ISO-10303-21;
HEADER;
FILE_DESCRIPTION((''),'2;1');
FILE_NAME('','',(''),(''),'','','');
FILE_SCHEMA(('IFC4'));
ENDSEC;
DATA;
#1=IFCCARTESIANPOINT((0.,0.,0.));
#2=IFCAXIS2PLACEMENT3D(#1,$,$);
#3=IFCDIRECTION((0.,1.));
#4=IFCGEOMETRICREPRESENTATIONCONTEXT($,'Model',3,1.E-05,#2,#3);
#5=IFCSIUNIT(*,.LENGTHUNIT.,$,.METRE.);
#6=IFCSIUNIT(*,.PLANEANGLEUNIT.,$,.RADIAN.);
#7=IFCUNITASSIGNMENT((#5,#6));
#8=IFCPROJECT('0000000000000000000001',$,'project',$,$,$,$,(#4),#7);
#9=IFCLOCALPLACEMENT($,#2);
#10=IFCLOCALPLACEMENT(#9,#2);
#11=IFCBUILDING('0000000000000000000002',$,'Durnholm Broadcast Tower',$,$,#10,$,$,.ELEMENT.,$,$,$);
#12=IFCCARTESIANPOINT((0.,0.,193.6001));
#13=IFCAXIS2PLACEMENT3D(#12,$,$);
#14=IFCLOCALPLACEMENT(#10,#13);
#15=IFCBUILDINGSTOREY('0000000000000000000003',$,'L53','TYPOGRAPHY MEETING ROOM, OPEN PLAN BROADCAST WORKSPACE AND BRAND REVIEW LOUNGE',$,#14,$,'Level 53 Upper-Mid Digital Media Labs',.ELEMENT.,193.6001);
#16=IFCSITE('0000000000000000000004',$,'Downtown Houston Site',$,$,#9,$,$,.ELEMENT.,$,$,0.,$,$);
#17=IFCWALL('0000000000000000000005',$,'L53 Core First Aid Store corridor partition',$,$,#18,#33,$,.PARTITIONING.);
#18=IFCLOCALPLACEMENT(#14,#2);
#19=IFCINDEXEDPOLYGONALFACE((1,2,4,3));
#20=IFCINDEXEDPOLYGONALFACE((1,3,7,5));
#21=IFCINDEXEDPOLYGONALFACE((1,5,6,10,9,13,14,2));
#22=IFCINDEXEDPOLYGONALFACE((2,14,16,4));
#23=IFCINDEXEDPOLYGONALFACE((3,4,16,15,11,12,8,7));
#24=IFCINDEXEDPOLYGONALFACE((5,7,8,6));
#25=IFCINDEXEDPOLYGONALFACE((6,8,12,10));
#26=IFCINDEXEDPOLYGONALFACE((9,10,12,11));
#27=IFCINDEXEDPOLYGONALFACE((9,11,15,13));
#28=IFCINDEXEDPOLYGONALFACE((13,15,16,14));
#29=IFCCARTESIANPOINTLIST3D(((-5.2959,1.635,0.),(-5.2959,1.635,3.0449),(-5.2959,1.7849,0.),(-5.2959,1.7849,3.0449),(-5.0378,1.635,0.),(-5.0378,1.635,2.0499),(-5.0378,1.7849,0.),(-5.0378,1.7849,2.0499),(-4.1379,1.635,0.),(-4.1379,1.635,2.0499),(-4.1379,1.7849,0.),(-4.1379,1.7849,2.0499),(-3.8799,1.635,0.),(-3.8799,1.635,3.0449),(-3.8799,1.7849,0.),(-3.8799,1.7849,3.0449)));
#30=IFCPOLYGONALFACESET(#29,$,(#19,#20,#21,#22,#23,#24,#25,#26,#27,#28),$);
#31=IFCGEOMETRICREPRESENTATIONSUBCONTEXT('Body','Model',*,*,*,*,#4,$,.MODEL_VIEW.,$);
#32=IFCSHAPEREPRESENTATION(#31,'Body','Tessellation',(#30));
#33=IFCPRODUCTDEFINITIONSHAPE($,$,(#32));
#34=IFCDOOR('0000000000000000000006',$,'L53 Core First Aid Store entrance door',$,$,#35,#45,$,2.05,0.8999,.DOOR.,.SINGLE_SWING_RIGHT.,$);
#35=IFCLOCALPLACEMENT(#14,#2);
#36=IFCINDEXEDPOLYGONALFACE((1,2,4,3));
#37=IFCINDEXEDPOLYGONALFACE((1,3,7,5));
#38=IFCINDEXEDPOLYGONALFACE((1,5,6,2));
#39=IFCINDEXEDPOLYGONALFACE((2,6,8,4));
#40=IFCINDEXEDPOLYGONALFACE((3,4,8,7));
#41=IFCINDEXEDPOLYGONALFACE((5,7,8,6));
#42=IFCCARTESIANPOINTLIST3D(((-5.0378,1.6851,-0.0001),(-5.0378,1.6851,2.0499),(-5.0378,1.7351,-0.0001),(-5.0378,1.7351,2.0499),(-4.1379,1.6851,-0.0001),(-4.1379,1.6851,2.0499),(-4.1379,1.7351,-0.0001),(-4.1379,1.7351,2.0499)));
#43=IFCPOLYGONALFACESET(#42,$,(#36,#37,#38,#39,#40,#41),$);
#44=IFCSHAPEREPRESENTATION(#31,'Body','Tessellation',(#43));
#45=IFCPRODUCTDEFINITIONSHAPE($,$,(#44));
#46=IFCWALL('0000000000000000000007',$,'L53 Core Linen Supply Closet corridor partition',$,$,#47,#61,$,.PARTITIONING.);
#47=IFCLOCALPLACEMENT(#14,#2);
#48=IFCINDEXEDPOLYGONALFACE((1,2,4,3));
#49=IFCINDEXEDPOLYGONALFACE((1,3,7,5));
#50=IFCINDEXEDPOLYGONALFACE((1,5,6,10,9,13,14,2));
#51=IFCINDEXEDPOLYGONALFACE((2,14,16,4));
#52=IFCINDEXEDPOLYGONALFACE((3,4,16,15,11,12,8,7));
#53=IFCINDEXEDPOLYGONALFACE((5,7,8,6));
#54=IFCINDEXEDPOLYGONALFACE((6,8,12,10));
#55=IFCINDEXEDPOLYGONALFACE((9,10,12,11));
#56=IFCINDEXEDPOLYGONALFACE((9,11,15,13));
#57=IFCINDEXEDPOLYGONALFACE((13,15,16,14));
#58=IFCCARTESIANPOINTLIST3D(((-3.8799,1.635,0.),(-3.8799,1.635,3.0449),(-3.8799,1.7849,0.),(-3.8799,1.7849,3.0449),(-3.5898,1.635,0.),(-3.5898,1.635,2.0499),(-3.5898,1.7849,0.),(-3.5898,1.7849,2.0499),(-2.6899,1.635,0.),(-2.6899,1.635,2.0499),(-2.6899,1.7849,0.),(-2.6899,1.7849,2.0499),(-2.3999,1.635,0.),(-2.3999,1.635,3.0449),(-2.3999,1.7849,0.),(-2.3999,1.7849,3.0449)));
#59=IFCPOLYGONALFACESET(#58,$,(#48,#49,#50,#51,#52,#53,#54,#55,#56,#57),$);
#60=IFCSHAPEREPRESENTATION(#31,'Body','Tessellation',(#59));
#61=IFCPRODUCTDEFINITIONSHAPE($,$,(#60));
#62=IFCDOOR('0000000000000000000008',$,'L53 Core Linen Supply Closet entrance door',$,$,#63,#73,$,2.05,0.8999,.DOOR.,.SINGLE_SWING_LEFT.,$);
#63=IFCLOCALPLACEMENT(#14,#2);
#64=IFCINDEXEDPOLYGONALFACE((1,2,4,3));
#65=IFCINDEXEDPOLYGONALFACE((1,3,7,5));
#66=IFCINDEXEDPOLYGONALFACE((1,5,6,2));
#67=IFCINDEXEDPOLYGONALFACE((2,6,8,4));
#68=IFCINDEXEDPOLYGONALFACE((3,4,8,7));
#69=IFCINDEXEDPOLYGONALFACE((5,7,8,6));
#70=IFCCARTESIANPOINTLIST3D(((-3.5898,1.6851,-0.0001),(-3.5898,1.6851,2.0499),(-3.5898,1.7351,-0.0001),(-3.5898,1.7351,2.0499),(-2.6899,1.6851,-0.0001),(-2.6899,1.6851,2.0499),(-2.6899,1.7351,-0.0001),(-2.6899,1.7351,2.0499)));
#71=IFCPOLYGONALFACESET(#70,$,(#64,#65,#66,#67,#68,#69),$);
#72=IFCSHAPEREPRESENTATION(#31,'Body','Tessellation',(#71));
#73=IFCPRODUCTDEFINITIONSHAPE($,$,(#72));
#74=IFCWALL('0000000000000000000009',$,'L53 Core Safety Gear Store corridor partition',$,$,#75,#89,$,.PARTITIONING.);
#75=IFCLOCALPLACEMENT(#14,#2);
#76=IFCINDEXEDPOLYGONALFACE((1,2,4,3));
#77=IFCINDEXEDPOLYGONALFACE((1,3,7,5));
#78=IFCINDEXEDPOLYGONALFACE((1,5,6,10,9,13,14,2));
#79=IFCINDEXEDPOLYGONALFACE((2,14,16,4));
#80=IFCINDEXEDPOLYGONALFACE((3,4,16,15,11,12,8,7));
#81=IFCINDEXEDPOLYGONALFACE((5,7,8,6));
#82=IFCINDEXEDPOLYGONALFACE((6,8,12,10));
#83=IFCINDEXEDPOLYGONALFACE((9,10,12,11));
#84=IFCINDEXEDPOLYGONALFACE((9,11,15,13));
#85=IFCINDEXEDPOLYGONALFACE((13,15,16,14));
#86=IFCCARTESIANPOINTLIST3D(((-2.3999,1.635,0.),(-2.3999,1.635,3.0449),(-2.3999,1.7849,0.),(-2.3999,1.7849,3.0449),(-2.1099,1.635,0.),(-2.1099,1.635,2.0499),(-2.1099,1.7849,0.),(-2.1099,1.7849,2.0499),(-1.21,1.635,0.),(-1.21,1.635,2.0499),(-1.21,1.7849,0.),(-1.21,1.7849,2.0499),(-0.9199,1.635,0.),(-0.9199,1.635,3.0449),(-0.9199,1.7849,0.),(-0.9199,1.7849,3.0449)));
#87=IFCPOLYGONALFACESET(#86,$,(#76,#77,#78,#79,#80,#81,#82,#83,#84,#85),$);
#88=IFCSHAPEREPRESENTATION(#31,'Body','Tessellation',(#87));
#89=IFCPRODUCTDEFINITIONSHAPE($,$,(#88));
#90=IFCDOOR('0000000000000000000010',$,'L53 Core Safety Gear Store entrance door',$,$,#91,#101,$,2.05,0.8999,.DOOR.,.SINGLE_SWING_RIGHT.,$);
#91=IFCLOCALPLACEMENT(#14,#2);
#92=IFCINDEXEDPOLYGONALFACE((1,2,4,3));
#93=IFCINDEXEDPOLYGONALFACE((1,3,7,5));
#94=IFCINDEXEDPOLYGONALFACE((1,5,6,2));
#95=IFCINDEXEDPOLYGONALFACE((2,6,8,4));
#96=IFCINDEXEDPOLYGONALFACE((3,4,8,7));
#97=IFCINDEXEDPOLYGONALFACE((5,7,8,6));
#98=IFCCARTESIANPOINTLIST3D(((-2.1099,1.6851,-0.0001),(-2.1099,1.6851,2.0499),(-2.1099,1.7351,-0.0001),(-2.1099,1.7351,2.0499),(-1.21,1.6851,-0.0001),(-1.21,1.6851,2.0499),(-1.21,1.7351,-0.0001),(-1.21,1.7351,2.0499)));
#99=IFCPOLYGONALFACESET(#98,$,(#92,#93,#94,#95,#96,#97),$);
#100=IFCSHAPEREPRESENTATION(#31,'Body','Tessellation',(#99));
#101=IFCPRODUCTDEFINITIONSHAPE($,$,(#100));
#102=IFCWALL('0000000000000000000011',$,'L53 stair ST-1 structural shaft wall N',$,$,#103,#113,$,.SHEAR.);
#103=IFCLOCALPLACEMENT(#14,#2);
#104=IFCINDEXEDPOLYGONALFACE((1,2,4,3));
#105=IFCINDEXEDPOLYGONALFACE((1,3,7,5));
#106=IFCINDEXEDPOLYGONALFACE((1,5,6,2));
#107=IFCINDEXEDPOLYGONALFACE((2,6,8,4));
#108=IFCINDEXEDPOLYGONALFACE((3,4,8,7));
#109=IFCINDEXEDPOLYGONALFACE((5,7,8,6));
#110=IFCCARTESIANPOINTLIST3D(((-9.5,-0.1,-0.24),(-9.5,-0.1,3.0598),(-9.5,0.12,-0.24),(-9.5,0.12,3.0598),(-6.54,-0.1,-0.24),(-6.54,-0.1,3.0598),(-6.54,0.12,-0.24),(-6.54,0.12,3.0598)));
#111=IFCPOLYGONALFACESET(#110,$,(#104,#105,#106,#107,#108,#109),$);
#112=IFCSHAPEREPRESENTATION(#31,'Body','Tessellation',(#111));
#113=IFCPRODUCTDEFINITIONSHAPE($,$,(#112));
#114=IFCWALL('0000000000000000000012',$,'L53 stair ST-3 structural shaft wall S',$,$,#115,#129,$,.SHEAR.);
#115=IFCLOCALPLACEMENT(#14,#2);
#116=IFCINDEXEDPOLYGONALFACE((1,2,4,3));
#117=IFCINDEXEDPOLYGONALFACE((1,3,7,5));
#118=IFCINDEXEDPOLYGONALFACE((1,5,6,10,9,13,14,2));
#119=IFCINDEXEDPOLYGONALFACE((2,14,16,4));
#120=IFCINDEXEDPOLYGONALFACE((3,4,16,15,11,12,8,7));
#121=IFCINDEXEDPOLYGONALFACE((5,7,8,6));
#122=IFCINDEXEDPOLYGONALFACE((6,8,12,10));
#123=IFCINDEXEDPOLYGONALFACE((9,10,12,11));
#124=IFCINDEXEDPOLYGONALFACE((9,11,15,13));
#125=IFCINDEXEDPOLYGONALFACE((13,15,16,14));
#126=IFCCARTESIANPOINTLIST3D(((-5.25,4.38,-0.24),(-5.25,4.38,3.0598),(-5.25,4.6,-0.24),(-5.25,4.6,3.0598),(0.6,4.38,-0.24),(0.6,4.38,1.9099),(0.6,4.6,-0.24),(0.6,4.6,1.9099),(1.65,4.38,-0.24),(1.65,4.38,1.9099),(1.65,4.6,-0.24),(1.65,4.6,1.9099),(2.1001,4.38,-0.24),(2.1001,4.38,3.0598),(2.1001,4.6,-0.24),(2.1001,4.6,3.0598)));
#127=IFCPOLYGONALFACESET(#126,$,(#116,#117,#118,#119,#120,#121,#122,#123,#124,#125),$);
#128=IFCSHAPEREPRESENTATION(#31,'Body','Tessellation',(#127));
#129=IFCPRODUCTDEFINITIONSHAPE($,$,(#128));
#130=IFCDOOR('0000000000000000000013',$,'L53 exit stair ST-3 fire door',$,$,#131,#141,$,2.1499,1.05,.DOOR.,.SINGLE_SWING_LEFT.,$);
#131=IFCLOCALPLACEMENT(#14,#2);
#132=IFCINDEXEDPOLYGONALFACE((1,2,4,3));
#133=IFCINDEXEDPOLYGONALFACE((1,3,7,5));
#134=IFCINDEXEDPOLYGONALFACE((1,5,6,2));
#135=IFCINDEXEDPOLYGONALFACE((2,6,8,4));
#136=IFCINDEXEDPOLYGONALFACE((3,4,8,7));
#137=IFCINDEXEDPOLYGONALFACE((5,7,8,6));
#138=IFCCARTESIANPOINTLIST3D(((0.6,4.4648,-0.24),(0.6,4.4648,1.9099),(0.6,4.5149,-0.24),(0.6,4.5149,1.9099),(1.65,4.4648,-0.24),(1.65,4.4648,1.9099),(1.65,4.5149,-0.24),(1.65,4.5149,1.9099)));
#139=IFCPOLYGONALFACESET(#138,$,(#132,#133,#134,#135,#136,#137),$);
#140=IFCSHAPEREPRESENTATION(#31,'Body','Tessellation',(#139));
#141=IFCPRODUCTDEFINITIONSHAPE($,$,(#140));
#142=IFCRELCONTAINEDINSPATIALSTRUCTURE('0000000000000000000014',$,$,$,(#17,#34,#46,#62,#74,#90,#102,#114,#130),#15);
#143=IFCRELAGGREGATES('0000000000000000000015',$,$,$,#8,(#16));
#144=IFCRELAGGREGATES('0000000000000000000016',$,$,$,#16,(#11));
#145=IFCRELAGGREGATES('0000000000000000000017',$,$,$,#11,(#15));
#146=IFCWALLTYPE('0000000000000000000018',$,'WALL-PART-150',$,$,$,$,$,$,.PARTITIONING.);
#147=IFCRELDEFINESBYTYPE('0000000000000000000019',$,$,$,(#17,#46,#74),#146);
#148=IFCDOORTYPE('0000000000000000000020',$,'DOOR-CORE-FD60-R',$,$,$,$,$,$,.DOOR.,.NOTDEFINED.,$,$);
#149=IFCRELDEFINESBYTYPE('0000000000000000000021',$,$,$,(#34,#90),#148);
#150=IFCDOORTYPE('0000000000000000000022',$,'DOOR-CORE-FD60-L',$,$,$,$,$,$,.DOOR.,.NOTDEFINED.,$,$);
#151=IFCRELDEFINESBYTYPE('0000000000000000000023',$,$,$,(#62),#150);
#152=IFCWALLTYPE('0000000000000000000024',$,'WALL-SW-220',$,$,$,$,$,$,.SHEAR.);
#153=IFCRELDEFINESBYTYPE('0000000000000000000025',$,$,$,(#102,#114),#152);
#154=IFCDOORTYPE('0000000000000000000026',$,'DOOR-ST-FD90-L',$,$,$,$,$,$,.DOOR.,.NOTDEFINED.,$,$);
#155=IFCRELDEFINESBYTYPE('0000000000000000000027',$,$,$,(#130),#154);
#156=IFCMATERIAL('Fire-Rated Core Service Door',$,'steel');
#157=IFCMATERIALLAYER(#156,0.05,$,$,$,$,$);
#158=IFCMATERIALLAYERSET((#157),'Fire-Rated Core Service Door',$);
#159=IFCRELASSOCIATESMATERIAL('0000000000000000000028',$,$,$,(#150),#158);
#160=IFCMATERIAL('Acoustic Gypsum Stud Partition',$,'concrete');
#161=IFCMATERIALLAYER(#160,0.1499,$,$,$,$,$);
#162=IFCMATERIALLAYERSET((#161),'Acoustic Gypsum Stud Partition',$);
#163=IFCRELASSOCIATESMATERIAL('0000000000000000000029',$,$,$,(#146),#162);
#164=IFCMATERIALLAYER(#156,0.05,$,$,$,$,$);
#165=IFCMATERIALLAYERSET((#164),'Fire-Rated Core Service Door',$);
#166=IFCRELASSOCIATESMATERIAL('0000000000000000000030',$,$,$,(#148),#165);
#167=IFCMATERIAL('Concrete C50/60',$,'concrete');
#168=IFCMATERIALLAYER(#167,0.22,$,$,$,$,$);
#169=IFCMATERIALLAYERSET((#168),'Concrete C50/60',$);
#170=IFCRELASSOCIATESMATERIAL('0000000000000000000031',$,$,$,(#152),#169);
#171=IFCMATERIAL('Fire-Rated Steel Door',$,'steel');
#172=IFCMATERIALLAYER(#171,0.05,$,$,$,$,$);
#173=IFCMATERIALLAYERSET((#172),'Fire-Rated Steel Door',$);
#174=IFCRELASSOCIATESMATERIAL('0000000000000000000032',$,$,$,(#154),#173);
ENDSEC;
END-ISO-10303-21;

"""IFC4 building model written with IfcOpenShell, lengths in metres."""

from ifc_helpers import new_model, si_unit, direction, frame, frame_2d, origin, place, context, subcontext, project, spatial, rectangle, extrude, source, transform, mapped, material, layer, layer_set, type_object, type_shapes, element, fill, save


model = new_model("IFC4")

# Units and contexts
model_context = context("Model", 3, precision=1e-05, world=origin(), true_north=direction((0.0, 1.0)))
body_context = subcontext(model_context, "Body", "Model", "MODEL_VIEW")
ifc_project = project(units=[si_unit("LENGTHUNIT", "METRE"), si_unit("PLANEANGLEUNIT", "RADIAN")], contexts=[model_context])

# Site, building, storey
site_placement = place(None, origin())
site = spatial("IfcSite", under=ifc_project, at=site_placement, Name="Downtown Houston Site", CompositionType="ELEMENT", RefElevation=0.0)
building_placement = place(site_placement, origin())
building = spatial("IfcBuilding", under=site, at=building_placement, Name="Durnholm Broadcast Tower", CompositionType="ELEMENT")
storey_placement = place(building_placement, frame((0.0, 0.0, 193.6001)))
storey = spatial("IfcBuildingStorey", under=building, at=storey_placement, Name="L53", Description="TYPOGRAPHY MEETING ROOM, OPEN PLAN BROADCAST WORKSPACE AND BRAND REVIEW LOUNGE", LongName="Level 53 Upper-Mid Digital Media Labs", CompositionType="ELEMENT", Elevation=193.6001)

# Shared definitions
ifc_material_1 = material(Name="Concrete C50/60", Category="concrete")

# Shared definitions
ifc_material_2 = material(Name="Fire-Rated Core Service Door", Category="steel")
ifc_layer_1 = layer(ifc_material_2, 0.05)
ifc_layer_set_1 = layer_set([ifc_layer_1], Name="Fire-Rated Core Service Door")
door_type_1 = type_object("IfcDoorType", Name="DOOR-CORE-FD60-L", OperationType="NOTDEFINED", PredefinedType="DOOR", material=ifc_layer_set_1)
shared_shape_1 = source(origin(), body_context, "Body", "SweptSolid", [
    extrude(rectangle(XDim=0.8999, YDim=2.05, at=frame_2d((0.45, 1.0249))), frame((0.0, 0.0249, 0.0), z_axis=(0.0, -1.0, 0.0), x_axis=(1.0, 0.0, 0.0)), (0.0, 0.0, 1.0), 0.05),
])
type_shapes(door_type_1, [shared_shape_1])

# Walls, openings, doors
ifc_material_3 = material(Name="Acoustic Gypsum Stud Partition", Category="concrete")
ifc_layer_2 = layer(ifc_material_3, 0.1499)
ifc_layer_set_2 = layer_set([ifc_layer_2], Name="Acoustic Gypsum Stud Partition")
wall_type_1 = type_object("IfcWallType", Name="WALL-PART-150", PredefinedType="PARTITIONING", material=ifc_layer_set_2)
wall_1_placement = place(storey_placement, frame((-3.8799, 1.71, 0.0), z_axis=(0.0, 0.0, 1.0), x_axis=(-1.0, 0.0, 0.0)))
wall_1 = element("IfcWall", 1, at=wall_1_placement, inside=storey, type_object=wall_type_1, Name="L53 Core First Aid Store corridor partition", PredefinedType="PARTITIONING", context=body_context, shape_type="SweptSolid", body=[
    extrude(rectangle(XDim=1.416, YDim=0.1499, at=frame_2d((0.708, 0.0))), origin(), (0.0, 0.0, 1.0), 3.0449),
])
opening_1_placement = place(wall_1_placement, frame((0.2581, 0.0, 0.0)))
opening_1 = element("IfcOpeningElement", 2, at=opening_1_placement, cuts=wall_1, PredefinedType="OPENING", context=body_context, shape_type="SweptSolid", body=[
    extrude(rectangle(XDim=0.8999, YDim=2.05, at=frame_2d((0.45, 1.0249))), frame((0.0, 0.085, 0.0), z_axis=(0.0, -1.0, 0.0), x_axis=(1.0, 0.0, 0.0)), (0.0, 0.0, 1.0), 0.1699),
])
ifc_layer_3 = layer(ifc_material_2, 0.05)
ifc_layer_set_3 = layer_set([ifc_layer_3], Name="Fire-Rated Core Service Door")
door_type_2 = type_object("IfcDoorType", Name="DOOR-CORE-FD60-R", OperationType="NOTDEFINED", PredefinedType="DOOR", material=ifc_layer_set_3)
shared_shape_2 = source(origin(), body_context, "Body", "SweptSolid", [
    extrude(rectangle(XDim=0.8999, YDim=2.05, at=frame_2d((0.45, 1.0249))), frame((0.0, 0.0249, 0.0), z_axis=(0.0, -1.0, 0.0), x_axis=(1.0, 0.0, 0.0)), (0.0, 0.0, 1.0), 0.05),
])
type_shapes(door_type_2, [shared_shape_2])
door_1_placement = place(opening_1_placement, origin())
door_1 = element("IfcDoor", 3, at=door_1_placement, inside=storey, type_object=door_type_2, Name="L53 Core First Aid Store entrance door", OperationType="SINGLE_SWING_RIGHT", OverallHeight=2.05, OverallWidth=0.8999, PredefinedType="DOOR", context=body_context, shape_type="MappedRepresentation", body=[
    mapped(shared_shape_2, transform((0.0, 0.0, 0.0), x_axis=(1.0, 0.0, 0.0), y_axis=(0.0, 1.0, 0.0), z_axis=(0.0, 0.0, 1.0), scale=1.0)),
])
fill(opening_1, door_1)
wall_2_placement = place(storey_placement, frame((-2.3999, 1.71, 0.0), z_axis=(0.0, 0.0, 1.0), x_axis=(-1.0, 0.0, 0.0)))
wall_2 = element("IfcWall", 4, at=wall_2_placement, inside=storey, type_object=wall_type_1, Name="L53 Core Linen Supply Closet corridor partition", PredefinedType="PARTITIONING", context=body_context, shape_type="SweptSolid", body=[
    extrude(rectangle(XDim=1.48, YDim=0.1499, at=frame_2d((0.74, 0.0))), origin(), (0.0, 0.0, 1.0), 3.0449),
])
opening_2_placement = place(wall_2_placement, frame((0.29, 0.0, 0.0)))
opening_2 = element("IfcOpeningElement", 5, at=opening_2_placement, cuts=wall_2, PredefinedType="OPENING", context=body_context, shape_type="SweptSolid", body=[
    extrude(rectangle(XDim=0.8999, YDim=2.05, at=frame_2d((0.45, 1.0249))), frame((0.0, 0.085, 0.0), z_axis=(0.0, -1.0, 0.0), x_axis=(1.0, 0.0, 0.0)), (0.0, 0.0, 1.0), 0.1699),
])
door_2_placement = place(opening_2_placement, origin())
door_2 = element("IfcDoor", 6, at=door_2_placement, inside=storey, type_object=door_type_1, Name="L53 Core Linen Supply Closet entrance door", OperationType="SINGLE_SWING_LEFT", OverallHeight=2.05, OverallWidth=0.8999, PredefinedType="DOOR", context=body_context, shape_type="MappedRepresentation", body=[
    mapped(shared_shape_1, transform((0.0, 0.0, 0.0), x_axis=(1.0, 0.0, 0.0), y_axis=(0.0, 1.0, 0.0), z_axis=(0.0, 0.0, 1.0), scale=1.0)),
])
fill(opening_2, door_2)
wall_3_placement = place(storey_placement, frame((-0.9199, 1.71, 0.0), z_axis=(0.0, 0.0, 1.0), x_axis=(-1.0, 0.0, 0.0)))
wall_3 = element("IfcWall", 7, at=wall_3_placement, inside=storey, type_object=wall_type_1, Name="L53 Core Safety Gear Store corridor partition", PredefinedType="PARTITIONING", context=body_context, shape_type="SweptSolid", body=[
    extrude(rectangle(XDim=1.48, YDim=0.1499, at=frame_2d((0.74, 0.0))), origin(), (0.0, 0.0, 1.0), 3.0449),
])
opening_3_placement = place(wall_3_placement, frame((0.29, 0.0, 0.0)))
opening_3 = element("IfcOpeningElement", 8, at=opening_3_placement, cuts=wall_3, PredefinedType="OPENING", context=body_context, shape_type="SweptSolid", body=[
    extrude(rectangle(XDim=0.8999, YDim=2.05, at=frame_2d((0.45, 1.0249))), frame((0.0, 0.085, 0.0), z_axis=(0.0, -1.0, 0.0), x_axis=(1.0, 0.0, 0.0)), (0.0, 0.0, 1.0), 0.1699),
])
door_3_placement = place(opening_3_placement, origin())
door_3 = element("IfcDoor", 9, at=door_3_placement, inside=storey, type_object=door_type_2, Name="L53 Core Safety Gear Store entrance door", OperationType="SINGLE_SWING_RIGHT", OverallHeight=2.05, OverallWidth=0.8999, PredefinedType="DOOR", context=body_context, shape_type="MappedRepresentation", body=[
    mapped(shared_shape_2, transform((0.0, 0.0, 0.0), x_axis=(1.0, 0.0, 0.0), y_axis=(0.0, 1.0, 0.0), z_axis=(0.0, 0.0, 1.0), scale=1.0)),
])
fill(opening_3, door_3)

# Wall
ifc_layer_4 = layer(ifc_material_1, 0.22)
ifc_layer_set_4 = layer_set([ifc_layer_4], Name="Concrete C50/60")
wall_type_2 = type_object("IfcWallType", Name="WALL-SW-220", PredefinedType="SHEAR", material=ifc_layer_set_4)
wall_4_placement = place(storey_placement, frame((-6.54, 0.01, -0.24), z_axis=(0.0, 0.0, 1.0), x_axis=(-1.0, 0.0, 0.0)))
element("IfcWall", 10, at=wall_4_placement, inside=storey, type_object=wall_type_2, Name="L53 stair ST-1 structural shaft wall N", PredefinedType="SHEAR", context=body_context, shape_type="SweptSolid", body=[
    extrude(rectangle(XDim=2.96, YDim=0.22, at=frame_2d((1.48, 0.0))), origin(), (0.0, 0.0, 1.0), 3.2998),
])

# Wall, opening, door
wall_5_placement = place(storey_placement, frame((-5.25, 4.49, -0.24), z_axis=(0.0, 0.0, 1.0), x_axis=(1.0, 0.0, 0.0)))
wall_5 = element("IfcWall", 11, at=wall_5_placement, inside=storey, type_object=wall_type_2, Name="L53 stair ST-3 structural shaft wall S", PredefinedType="SHEAR", context=body_context, shape_type="SweptSolid", body=[
    extrude(rectangle(XDim=7.3501, YDim=0.22, at=frame_2d((3.675, 0.0))), origin(), (0.0, 0.0, 1.0), 3.2998),
])
opening_4_placement = place(wall_5_placement, frame((5.8501, 0.0, 0.0)))
opening_4 = element("IfcOpeningElement", 12, at=opening_4_placement, cuts=wall_5, PredefinedType="OPENING", context=body_context, shape_type="SweptSolid", body=[
    extrude(rectangle(XDim=1.05, YDim=2.1499, at=frame_2d((0.5249, 1.075))), frame((0.0, 0.1201, 0.0), z_axis=(0.0, -1.0, 0.0), x_axis=(1.0, 0.0, 0.0)), (0.0, 0.0, 1.0), 0.24),
])
ifc_material_4 = material(Name="Fire-Rated Steel Door", Category="steel")
ifc_layer_5 = layer(ifc_material_4, 0.05)
ifc_layer_set_5 = layer_set([ifc_layer_5], Name="Fire-Rated Steel Door")
door_type_3 = type_object("IfcDoorType", Name="DOOR-ST-FD90-L", OperationType="NOTDEFINED", PredefinedType="DOOR", material=ifc_layer_set_5)
shared_shape_3 = source(origin(), body_context, "Body", "SweptSolid", [
    extrude(rectangle(XDim=1.05, YDim=2.1499, at=frame_2d((0.5249, 1.075))), frame((0.0, 0.0249, 0.0), z_axis=(0.0, -1.0, 0.0), x_axis=(1.0, 0.0, 0.0)), (0.0, 0.0, 1.0), 0.05),
])
type_shapes(door_type_3, [shared_shape_3])
door_4_placement = place(opening_4_placement, origin())
door_4 = element("IfcDoor", 13, at=door_4_placement, inside=storey, type_object=door_type_3, Name="L53 exit stair ST-3 fire door", OperationType="SINGLE_SWING_LEFT", OverallHeight=2.1499, OverallWidth=1.05, PredefinedType="DOOR", context=body_context, shape_type="MappedRepresentation", body=[
    mapped(shared_shape_3, transform((0.0, 0.0, 0.0), x_axis=(1.0, 0.0, 0.0), y_axis=(0.0, 1.0, 0.0), z_axis=(0.0, 0.0, 1.0), scale=1.0)),
])
fill(opening_4, door_4)

save(model, "model.ifc")
